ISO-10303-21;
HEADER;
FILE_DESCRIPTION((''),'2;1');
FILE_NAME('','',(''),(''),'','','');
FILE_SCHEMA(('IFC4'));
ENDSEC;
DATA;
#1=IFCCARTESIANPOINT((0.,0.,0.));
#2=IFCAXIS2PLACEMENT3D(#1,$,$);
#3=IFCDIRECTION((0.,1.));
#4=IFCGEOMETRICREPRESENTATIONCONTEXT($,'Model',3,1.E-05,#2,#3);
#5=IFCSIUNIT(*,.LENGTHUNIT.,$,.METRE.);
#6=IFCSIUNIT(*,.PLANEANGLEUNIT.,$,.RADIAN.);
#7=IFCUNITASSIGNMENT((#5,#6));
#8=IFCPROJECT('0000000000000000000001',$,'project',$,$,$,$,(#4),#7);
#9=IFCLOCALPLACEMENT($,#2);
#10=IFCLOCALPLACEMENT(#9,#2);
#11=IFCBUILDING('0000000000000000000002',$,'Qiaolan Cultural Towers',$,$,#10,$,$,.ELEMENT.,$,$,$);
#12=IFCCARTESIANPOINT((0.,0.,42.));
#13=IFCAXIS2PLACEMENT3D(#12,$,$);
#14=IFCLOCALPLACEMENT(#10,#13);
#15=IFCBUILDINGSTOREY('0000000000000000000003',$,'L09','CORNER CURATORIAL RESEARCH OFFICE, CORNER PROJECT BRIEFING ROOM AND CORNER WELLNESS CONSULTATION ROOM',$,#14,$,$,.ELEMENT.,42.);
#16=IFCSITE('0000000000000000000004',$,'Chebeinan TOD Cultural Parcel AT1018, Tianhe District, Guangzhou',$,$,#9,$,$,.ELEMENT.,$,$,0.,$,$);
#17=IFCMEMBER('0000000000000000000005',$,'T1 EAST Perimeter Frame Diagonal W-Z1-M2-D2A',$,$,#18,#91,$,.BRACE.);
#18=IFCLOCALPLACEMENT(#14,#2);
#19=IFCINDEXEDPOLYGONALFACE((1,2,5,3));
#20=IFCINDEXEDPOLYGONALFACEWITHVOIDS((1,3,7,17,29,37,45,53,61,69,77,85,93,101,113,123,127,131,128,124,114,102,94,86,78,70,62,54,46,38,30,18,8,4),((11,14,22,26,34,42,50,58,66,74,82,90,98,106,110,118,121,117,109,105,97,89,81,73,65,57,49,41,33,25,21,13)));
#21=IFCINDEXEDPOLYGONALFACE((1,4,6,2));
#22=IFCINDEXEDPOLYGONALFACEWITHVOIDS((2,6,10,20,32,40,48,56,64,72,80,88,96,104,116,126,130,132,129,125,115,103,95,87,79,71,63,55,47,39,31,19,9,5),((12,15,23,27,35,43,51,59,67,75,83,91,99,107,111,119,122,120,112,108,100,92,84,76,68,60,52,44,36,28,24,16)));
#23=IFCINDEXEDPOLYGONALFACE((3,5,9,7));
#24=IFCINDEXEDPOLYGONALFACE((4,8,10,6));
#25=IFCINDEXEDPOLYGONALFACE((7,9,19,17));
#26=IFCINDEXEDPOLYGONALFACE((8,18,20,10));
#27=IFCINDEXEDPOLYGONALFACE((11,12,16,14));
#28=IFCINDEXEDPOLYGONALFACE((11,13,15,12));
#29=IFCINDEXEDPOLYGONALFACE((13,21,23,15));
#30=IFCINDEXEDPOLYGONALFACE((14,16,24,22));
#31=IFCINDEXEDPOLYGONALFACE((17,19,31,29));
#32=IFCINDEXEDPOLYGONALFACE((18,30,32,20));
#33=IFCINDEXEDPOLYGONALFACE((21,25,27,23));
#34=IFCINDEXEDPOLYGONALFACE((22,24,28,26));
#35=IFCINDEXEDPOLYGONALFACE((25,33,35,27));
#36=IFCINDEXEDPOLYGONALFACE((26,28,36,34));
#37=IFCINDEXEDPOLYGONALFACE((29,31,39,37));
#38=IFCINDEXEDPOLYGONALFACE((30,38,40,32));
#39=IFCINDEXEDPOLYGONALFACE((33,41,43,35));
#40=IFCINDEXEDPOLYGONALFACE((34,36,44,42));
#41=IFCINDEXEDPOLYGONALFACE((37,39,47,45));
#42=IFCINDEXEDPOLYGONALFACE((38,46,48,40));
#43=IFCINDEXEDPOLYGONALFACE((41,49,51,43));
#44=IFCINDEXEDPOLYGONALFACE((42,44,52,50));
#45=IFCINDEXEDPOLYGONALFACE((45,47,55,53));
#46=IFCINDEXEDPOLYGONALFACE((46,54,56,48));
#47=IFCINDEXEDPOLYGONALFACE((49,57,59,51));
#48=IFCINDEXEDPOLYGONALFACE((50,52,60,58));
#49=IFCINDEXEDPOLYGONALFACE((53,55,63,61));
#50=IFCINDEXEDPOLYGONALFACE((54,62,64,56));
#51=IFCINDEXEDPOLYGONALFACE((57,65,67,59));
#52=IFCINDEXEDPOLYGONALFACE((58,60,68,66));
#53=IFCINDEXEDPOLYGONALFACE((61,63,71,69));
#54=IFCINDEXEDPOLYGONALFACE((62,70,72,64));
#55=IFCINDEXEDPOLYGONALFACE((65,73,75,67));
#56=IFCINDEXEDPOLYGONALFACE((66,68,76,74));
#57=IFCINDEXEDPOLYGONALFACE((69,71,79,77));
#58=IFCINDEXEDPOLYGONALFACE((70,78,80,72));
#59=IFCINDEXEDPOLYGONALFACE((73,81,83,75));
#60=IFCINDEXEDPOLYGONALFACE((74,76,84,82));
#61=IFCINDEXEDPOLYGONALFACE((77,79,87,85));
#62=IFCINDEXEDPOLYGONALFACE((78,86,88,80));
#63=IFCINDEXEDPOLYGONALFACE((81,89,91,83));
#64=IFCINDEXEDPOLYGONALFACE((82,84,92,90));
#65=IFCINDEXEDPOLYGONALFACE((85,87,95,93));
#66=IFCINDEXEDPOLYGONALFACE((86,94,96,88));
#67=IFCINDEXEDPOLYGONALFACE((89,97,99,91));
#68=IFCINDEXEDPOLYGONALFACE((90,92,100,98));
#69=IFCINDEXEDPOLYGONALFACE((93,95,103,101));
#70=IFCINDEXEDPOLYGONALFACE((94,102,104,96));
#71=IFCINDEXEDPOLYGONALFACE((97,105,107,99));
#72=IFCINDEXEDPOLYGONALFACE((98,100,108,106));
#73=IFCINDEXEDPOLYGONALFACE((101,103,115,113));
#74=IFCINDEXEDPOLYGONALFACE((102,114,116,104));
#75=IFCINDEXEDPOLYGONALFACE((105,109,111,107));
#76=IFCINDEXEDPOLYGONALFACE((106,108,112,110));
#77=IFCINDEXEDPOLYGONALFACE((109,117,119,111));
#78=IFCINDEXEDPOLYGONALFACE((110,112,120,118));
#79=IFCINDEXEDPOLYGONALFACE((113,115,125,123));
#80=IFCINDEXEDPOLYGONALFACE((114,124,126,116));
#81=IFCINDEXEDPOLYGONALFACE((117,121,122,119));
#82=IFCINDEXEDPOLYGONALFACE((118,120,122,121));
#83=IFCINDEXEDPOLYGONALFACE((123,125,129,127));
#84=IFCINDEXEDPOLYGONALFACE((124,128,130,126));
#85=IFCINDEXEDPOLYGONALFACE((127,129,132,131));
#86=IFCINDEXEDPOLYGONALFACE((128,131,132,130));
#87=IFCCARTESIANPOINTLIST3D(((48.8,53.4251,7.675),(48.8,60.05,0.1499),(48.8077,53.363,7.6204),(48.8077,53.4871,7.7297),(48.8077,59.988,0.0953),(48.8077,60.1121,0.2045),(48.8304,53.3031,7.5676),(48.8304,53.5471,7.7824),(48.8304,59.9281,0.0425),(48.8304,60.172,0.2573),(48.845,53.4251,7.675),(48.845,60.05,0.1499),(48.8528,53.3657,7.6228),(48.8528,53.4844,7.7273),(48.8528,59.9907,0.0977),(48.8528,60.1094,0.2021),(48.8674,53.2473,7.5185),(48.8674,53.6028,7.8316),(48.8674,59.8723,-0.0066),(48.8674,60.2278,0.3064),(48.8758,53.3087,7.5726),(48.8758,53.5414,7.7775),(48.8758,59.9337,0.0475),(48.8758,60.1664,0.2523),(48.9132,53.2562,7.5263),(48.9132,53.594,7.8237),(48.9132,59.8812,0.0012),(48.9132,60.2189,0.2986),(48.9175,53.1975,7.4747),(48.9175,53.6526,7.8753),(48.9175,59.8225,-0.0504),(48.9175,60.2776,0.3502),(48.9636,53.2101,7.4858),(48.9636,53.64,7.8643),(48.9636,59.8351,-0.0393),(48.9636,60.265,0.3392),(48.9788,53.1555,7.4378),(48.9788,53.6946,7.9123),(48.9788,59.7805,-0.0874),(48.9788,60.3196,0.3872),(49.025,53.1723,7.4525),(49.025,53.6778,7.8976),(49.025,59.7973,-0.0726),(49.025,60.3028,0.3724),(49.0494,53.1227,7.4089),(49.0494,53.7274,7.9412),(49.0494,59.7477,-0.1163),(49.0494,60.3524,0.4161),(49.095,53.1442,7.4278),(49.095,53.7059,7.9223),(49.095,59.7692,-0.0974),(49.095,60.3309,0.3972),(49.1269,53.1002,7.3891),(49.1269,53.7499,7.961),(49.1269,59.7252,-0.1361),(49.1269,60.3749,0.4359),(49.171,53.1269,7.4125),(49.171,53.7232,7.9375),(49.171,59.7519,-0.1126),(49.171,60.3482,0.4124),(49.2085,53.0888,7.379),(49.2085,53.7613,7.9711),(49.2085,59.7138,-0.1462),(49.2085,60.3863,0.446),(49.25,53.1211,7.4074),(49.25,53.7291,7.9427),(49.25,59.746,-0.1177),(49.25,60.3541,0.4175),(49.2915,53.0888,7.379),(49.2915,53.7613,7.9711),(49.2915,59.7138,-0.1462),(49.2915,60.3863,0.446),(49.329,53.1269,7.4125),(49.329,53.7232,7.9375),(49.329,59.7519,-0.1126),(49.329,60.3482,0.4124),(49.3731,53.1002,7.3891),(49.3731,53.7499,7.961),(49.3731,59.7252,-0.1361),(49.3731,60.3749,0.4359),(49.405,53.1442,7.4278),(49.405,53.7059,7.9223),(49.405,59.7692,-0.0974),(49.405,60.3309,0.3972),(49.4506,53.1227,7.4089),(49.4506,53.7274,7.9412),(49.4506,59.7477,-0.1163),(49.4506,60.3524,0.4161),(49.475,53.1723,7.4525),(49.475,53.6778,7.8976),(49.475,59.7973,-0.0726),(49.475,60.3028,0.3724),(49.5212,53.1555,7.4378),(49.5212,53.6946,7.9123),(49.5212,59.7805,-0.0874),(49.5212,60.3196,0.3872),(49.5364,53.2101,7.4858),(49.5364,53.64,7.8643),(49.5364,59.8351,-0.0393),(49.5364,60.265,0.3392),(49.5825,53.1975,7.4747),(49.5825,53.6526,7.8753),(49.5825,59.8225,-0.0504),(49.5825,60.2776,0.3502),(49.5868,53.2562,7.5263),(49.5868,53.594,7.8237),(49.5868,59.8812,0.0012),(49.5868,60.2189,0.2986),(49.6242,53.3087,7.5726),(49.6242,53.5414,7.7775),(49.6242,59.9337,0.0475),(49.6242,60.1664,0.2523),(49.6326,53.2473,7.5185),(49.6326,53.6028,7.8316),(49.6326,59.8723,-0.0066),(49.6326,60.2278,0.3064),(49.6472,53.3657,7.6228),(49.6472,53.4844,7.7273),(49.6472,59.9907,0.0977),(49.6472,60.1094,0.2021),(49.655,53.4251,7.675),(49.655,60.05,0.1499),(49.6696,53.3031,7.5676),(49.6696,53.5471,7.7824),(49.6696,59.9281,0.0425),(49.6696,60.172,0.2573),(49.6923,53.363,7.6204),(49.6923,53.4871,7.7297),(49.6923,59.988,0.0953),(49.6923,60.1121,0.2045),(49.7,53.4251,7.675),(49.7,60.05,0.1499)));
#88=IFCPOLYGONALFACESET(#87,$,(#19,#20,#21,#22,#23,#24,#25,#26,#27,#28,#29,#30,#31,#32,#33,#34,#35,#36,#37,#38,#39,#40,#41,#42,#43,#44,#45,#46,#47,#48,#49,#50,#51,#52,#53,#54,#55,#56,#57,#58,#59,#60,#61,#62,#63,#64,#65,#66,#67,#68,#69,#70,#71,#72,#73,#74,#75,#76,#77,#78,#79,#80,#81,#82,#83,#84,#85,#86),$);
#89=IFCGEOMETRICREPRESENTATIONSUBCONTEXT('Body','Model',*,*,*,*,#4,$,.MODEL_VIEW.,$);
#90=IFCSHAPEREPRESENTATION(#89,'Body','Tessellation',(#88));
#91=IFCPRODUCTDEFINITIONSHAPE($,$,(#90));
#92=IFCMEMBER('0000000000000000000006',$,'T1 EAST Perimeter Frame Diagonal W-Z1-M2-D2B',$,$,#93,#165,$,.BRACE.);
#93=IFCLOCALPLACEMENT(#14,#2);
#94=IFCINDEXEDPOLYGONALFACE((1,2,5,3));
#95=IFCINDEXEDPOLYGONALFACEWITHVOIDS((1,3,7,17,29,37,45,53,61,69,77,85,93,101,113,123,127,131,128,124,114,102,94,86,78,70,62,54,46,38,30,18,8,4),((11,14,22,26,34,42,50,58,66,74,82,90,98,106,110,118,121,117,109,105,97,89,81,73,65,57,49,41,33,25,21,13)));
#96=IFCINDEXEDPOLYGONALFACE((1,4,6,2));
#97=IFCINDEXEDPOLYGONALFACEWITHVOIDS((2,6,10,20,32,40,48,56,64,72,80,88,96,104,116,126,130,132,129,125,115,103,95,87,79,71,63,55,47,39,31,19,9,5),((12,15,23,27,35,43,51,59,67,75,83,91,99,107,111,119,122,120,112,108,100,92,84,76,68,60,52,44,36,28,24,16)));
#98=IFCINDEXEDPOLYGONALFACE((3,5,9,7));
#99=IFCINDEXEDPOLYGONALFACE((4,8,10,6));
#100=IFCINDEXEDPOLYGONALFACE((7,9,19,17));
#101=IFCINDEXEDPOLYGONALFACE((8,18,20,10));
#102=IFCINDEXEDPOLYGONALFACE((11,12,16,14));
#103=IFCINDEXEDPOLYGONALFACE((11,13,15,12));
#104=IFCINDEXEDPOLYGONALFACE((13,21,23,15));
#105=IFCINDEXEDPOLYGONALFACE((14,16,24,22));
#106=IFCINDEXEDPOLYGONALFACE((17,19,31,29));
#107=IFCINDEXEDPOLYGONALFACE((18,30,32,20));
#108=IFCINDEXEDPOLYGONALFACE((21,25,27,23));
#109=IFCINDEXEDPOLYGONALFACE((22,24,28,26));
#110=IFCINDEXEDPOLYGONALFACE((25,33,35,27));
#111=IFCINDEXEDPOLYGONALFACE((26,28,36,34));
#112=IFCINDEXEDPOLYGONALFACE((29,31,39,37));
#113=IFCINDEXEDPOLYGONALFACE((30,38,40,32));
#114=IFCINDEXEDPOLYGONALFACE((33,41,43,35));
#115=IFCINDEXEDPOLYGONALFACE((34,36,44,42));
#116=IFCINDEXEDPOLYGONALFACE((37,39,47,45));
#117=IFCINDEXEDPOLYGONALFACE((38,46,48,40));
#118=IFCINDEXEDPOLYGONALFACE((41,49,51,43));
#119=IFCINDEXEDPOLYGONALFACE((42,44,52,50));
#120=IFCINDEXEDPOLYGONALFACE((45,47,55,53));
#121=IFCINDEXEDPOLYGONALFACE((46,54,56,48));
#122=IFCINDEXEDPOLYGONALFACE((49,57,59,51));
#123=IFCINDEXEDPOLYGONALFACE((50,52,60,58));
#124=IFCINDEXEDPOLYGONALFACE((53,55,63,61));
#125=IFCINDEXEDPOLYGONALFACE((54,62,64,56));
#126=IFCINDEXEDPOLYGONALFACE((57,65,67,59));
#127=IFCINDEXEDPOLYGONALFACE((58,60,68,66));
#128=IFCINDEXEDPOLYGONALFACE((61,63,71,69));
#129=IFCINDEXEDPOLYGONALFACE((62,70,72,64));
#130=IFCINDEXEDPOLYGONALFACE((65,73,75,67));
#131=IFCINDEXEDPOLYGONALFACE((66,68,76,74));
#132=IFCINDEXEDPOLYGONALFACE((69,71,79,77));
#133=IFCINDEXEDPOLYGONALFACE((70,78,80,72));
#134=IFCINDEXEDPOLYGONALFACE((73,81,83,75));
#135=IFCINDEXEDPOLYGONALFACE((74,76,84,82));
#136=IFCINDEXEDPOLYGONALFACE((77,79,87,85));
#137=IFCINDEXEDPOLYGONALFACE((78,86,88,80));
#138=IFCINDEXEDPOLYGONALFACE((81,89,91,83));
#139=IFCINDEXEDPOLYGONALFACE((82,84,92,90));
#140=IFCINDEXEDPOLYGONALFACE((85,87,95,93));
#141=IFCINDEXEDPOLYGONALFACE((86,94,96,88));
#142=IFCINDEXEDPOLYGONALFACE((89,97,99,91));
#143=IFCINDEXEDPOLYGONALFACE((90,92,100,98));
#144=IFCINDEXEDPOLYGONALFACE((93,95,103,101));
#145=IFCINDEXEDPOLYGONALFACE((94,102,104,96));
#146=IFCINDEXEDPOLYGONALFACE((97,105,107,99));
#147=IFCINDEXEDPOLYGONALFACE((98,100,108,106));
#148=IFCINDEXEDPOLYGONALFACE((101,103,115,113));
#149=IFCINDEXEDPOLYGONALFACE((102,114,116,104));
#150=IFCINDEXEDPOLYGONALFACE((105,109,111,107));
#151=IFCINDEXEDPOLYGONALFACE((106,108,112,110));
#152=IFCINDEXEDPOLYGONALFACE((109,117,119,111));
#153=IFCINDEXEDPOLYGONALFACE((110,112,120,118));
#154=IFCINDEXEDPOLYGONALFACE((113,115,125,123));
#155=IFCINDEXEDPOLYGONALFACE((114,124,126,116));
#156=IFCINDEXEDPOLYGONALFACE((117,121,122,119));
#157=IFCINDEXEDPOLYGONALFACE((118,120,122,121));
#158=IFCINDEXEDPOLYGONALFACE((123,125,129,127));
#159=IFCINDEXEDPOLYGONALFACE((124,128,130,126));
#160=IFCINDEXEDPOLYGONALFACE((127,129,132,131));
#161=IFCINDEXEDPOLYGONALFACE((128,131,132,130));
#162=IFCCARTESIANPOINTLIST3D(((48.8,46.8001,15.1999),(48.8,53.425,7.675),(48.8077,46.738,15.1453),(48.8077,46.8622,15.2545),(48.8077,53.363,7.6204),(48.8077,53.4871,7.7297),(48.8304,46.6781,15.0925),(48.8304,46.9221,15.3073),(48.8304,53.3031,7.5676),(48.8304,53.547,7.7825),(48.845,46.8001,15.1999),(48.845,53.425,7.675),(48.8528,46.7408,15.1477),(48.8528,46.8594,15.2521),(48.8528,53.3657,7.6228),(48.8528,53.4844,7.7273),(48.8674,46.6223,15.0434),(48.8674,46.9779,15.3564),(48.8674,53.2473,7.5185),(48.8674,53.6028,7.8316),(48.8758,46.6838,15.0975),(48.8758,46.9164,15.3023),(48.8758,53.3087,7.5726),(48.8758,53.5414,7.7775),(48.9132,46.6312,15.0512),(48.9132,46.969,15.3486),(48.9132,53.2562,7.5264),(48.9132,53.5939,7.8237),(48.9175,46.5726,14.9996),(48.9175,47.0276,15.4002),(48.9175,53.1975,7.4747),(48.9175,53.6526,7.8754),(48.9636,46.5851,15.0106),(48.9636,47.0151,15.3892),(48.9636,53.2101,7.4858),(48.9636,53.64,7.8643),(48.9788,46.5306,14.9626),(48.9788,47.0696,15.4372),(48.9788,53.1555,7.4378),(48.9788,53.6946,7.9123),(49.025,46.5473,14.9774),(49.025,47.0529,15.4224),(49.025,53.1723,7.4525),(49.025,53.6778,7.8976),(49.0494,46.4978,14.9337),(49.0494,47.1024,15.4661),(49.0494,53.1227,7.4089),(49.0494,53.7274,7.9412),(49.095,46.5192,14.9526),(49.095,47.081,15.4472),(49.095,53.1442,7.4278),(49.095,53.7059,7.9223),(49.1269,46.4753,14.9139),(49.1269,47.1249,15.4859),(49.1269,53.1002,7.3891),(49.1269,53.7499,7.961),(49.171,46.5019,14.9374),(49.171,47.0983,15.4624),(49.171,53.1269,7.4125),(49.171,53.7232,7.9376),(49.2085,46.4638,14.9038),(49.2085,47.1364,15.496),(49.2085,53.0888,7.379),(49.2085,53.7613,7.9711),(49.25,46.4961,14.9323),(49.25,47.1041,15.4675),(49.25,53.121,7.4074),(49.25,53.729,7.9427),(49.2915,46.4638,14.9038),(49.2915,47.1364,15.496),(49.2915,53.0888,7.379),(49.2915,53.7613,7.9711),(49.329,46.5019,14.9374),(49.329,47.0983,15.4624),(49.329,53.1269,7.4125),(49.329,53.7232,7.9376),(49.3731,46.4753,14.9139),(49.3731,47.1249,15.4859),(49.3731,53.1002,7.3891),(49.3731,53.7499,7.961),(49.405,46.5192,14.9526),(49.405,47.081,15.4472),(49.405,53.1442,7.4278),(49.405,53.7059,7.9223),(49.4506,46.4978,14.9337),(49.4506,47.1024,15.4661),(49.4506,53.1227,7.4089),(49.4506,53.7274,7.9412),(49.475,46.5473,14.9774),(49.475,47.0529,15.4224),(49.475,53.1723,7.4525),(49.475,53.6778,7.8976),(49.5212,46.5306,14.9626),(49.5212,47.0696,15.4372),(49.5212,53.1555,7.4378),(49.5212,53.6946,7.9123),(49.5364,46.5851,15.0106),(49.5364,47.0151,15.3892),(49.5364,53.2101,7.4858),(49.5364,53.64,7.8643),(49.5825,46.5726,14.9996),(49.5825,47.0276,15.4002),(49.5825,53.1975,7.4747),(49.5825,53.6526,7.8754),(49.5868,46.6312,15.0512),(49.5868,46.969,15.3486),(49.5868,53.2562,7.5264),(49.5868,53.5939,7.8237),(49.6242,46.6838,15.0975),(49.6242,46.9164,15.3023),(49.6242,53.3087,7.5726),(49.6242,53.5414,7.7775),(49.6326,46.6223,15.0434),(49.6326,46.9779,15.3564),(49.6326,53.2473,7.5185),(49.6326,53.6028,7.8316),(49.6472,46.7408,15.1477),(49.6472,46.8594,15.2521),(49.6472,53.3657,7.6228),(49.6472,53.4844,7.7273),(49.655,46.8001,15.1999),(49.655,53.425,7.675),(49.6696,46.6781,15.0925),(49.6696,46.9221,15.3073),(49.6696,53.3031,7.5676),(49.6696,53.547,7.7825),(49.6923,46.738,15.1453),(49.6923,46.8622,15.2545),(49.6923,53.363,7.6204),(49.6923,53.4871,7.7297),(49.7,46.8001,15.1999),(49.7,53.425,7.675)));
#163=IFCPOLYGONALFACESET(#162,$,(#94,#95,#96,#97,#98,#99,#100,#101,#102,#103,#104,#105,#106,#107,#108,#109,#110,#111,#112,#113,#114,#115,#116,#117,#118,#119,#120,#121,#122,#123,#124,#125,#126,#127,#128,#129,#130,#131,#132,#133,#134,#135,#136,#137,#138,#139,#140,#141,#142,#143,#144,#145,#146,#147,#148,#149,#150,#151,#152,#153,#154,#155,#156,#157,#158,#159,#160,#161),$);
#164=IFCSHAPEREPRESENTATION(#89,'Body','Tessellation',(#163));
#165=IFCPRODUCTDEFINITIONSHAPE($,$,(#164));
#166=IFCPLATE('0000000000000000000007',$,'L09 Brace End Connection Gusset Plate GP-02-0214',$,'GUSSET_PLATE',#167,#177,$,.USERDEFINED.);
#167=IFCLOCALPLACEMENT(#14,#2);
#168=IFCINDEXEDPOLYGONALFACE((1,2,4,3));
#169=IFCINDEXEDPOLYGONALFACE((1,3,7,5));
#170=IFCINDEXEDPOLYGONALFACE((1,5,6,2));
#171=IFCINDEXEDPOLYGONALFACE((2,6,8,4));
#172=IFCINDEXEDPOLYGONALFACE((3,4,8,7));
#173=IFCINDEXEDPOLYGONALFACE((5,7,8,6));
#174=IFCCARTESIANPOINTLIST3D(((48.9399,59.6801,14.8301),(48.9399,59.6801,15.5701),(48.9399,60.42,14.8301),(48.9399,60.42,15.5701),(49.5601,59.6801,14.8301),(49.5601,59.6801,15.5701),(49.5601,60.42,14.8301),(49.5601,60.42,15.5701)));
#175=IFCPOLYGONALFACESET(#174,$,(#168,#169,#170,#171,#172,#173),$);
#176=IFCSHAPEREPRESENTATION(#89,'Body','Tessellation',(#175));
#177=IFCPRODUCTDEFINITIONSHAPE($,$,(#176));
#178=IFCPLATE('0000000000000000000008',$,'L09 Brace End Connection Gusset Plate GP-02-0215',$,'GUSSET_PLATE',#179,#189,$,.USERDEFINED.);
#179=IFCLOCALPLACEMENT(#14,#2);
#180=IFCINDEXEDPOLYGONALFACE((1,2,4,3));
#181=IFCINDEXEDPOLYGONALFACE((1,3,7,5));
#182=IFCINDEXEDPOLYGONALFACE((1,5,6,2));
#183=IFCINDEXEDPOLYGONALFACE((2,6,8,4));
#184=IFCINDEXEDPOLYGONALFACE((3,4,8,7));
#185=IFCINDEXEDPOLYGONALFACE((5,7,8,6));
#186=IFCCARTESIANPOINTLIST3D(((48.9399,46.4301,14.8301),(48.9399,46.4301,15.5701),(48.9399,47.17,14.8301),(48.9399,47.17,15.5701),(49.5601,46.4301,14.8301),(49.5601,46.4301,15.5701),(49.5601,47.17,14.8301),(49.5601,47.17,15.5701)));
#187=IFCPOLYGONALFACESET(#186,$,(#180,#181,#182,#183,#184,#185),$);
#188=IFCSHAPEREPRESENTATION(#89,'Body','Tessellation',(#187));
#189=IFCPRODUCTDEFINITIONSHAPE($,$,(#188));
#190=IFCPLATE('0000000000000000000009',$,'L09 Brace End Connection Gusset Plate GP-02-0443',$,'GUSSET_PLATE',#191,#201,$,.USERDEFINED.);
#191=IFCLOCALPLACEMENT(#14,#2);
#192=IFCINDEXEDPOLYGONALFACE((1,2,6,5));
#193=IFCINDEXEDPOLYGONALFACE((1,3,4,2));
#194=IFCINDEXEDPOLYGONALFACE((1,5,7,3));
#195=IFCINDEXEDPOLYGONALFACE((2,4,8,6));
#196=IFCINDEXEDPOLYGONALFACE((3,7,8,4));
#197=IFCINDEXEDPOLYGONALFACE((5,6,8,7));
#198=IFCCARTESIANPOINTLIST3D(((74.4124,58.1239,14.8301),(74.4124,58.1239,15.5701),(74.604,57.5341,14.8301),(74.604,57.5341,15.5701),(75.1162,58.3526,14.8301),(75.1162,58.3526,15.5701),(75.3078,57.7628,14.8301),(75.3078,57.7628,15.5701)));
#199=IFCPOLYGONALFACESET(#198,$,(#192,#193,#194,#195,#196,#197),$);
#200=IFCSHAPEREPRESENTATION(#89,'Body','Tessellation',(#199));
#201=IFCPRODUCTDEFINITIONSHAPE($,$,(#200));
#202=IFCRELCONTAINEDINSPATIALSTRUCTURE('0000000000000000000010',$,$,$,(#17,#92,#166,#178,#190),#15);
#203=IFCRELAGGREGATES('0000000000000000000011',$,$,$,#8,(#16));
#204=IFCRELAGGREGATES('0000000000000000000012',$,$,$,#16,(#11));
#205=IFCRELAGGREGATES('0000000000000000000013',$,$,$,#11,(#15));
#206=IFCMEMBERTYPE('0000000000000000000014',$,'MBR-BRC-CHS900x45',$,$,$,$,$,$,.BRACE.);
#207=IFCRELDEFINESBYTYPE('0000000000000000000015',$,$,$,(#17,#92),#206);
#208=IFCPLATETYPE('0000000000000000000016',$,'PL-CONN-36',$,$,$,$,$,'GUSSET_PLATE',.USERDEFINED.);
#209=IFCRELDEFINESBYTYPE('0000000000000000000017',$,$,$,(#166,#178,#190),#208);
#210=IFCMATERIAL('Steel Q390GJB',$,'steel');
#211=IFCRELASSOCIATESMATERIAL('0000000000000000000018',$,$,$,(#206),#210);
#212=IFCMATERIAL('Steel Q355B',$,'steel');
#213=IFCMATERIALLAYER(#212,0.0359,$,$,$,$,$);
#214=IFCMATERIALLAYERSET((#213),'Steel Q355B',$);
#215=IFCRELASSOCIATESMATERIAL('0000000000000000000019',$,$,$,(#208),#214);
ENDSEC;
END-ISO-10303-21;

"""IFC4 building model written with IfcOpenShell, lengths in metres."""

from ifc_helpers import new_model, si_unit, direction, frame, origin, origin_2d, place, context, subcontext, project, spatial, rectangle, hollow_circle, extrude, material, layer, layer_set, material_profile, profile_set, type_object, element, save


model = new_model("IFC4")

# Units and contexts
model_context = context("Model", 3, precision=1e-05, world=origin(), true_north=direction((0.0, 1.0)))
body_context = subcontext(model_context, "Body", "Model", "MODEL_VIEW")
ifc_project = project(units=[si_unit("LENGTHUNIT", "METRE"), si_unit("PLANEANGLEUNIT", "RADIAN")], contexts=[model_context])

# Site, building, storey
site_placement = place(None, origin())
site = spatial("IfcSite", under=ifc_project, at=site_placement, Name="Chebeinan TOD Cultural Parcel AT1018, Tianhe District, Guangzhou", CompositionType="ELEMENT", RefElevation=0.0)
building_placement = place(site_placement, origin())
building = spatial("IfcBuilding", under=site, at=building_placement, Name="Qiaolan Cultural Towers", CompositionType="ELEMENT")
storey_placement = place(building_placement, frame((0.0, 0.0, 42.0)))
storey = spatial("IfcBuildingStorey", under=building, at=storey_placement, Name="L09", Description="CORNER CURATORIAL RESEARCH OFFICE, CORNER PROJECT BRIEFING ROOM AND CORNER WELLNESS CONSULTATION ROOM", CompositionType="ELEMENT", Elevation=42.0)

# Members
ifc_material_1 = material(Name="Steel Q390GJB", Category="steel")
ifc_material_profile_1 = material_profile(ifc_material_1, hollow_circle(Radius=0.45, WallThickness=0.0449, at=origin_2d()), Name="CHS900x45")
ifc_profile_set_1 = profile_set([ifc_material_profile_1], Name="Steel Q390GJB")
member_type_1 = type_object("IfcMemberType", Name="MBR-BRC-CHS900x45", PredefinedType="BRACE", material=ifc_profile_set_1)
member_1_placement = place(storey_placement, frame((49.25, 60.05, 0.1499), z_axis=(0.0, -0.660789, 0.750571), x_axis=(1.0, 0.0, 0.0)))
element("IfcMember", 1, at=member_1_placement, inside=storey, type_object=member_type_1, Name="T1 EAST Perimeter Frame Diagonal W-Z1-M2-D2A", PredefinedType="BRACE", context=body_context, shape_type="SweptSolid", body=[
    extrude(hollow_circle(Radius=0.45, WallThickness=0.0449, at=origin_2d()), origin(), (0.0, 0.0, 1.0), 10.0259),
])
member_2_placement = place(storey_placement, frame((49.25, 53.425, 7.675), z_axis=(0.0, -0.660801, 0.750561), x_axis=(1.0, 0.0, 0.0)))
element("IfcMember", 2, at=member_2_placement, inside=storey, type_object=member_type_1, Name="T1 EAST Perimeter Frame Diagonal W-Z1-M2-D2B", PredefinedType="BRACE", context=body_context, shape_type="SweptSolid", body=[
    extrude(hollow_circle(Radius=0.45, WallThickness=0.0449, at=origin_2d()), origin(), (0.0, 0.0, 1.0), 10.0256),
])

# Plates
ifc_material_2 = material(Name="Steel Q355B", Category="steel")
ifc_layer_1 = layer(ifc_material_2, 0.0359)
ifc_layer_set_1 = layer_set([ifc_layer_1], Name="Steel Q355B")
plate_type_1 = type_object("IfcPlateType", Name="PL-CONN-36", ElementType="GUSSET_PLATE", PredefinedType="USERDEFINED", material=ifc_layer_set_1)
for number, where, z_axis, x_axis, name in (
    (3, (49.25, 60.05, 14.8301), (0.0, 0.0, 1.0), (0.0, 1.0, 0.0), "L09 Brace End Connection Gusset Plate GP-02-0214"),
    (4, (49.25, 46.8, 14.8301), (0.0, 0.0, 1.0), (0.0, 1.0, 0.0), "L09 Brace End Connection Gusset Plate GP-02-0215"),
    (5, (74.8601, 57.9434, 14.8301), (0.0, 0.0, 1.0), (0.951057, 0.309017, 0.0), "L09 Brace End Connection Gusset Plate GP-02-0443"),
):
    element("IfcPlate", number, at=place(storey_placement, frame(where, z_axis=z_axis, x_axis=x_axis)), inside=storey, type_object=plate_type_1, Name=name, ObjectType="GUSSET_PLATE", PredefinedType="USERDEFINED", context=body_context, shape_type="SweptSolid", body=[
        extrude(rectangle(XDim=0.74, YDim=0.6201, at=origin_2d()), origin(), (0.0, 0.0, 1.0), 0.74),
    ])

save(model, "model.ifc")
